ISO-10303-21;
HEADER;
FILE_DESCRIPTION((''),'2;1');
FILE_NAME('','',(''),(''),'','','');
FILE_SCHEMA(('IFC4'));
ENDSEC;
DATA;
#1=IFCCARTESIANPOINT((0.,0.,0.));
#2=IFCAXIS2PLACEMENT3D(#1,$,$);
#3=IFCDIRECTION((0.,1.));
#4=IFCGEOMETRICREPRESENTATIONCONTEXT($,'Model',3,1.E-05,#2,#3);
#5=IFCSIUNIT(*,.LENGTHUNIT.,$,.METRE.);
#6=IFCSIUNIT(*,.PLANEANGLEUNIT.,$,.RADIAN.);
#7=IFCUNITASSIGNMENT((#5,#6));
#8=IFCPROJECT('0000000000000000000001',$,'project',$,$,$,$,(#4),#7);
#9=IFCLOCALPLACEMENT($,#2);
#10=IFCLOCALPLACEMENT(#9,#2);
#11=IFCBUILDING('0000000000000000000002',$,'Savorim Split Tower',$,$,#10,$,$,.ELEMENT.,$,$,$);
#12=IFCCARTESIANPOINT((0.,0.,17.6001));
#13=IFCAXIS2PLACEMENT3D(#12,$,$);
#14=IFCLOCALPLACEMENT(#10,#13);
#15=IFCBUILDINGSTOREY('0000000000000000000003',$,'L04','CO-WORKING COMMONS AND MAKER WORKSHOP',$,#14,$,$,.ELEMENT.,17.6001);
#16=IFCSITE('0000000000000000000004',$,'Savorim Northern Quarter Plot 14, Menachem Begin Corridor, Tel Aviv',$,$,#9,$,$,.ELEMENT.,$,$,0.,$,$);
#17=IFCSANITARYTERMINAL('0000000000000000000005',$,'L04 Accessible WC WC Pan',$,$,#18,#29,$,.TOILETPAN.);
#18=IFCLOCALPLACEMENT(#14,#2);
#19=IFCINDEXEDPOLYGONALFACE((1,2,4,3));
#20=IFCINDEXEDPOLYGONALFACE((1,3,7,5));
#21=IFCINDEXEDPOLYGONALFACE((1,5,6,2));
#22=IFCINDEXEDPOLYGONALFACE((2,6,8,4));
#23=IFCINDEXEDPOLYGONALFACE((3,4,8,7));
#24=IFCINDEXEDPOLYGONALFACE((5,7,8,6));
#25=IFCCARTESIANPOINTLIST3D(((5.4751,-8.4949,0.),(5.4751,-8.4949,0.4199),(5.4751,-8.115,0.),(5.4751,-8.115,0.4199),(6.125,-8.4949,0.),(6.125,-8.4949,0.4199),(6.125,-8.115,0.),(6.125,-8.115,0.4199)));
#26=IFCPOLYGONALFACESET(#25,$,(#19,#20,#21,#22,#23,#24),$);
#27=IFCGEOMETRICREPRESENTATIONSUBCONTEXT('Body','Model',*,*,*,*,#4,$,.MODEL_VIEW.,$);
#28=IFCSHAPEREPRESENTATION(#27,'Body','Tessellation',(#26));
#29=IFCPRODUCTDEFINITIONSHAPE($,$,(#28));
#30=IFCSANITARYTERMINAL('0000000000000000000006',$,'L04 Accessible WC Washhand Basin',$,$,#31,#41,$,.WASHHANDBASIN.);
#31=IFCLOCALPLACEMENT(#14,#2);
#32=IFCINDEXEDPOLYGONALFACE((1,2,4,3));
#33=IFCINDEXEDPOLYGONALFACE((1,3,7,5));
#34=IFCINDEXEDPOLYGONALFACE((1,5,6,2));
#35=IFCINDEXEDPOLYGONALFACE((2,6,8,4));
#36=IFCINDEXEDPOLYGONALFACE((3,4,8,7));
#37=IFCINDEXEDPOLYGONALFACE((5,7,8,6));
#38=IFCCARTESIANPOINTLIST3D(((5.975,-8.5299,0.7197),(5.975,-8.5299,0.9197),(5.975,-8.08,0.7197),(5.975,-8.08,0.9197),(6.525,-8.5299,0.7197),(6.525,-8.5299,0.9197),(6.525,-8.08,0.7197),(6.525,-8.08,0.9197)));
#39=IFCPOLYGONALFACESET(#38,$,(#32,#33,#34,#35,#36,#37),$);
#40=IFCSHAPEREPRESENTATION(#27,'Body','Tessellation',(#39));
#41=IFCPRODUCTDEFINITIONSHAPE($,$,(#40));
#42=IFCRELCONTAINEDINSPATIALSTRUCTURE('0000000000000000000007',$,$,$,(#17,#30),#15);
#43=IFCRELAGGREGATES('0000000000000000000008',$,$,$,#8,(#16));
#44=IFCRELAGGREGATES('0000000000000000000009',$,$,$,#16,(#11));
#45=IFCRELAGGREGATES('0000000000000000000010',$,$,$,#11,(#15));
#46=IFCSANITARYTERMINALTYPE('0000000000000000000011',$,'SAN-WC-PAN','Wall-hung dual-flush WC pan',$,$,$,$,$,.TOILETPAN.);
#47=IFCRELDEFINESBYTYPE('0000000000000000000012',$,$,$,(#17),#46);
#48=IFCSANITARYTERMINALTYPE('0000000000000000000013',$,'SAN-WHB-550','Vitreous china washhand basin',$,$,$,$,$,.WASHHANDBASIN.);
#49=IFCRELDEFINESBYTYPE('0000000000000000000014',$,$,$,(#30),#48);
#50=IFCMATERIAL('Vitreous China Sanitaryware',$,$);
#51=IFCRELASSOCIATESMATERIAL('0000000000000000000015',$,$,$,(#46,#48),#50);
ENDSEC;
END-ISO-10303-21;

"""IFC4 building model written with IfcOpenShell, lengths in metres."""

from ifc_helpers import new_model, si_unit, direction, frame, origin, origin_2d, place, context, subcontext, project, spatial, rectangle, extrude, material, type_object, element, save


model = new_model("IFC4")

# Units and contexts
model_context = context("Model", 3, precision=1e-05, world=origin(), true_north=direction((0.0, 1.0)))
body_context = subcontext(model_context, "Body", "Model", "MODEL_VIEW")
ifc_project = project(units=[si_unit("LENGTHUNIT", "METRE"), si_unit("PLANEANGLEUNIT", "RADIAN")], contexts=[model_context])

# Site, building, storey
site_placement = place(None, origin())
site = spatial("IfcSite", under=ifc_project, at=site_placement, Name="Savorim Northern Quarter Plot 14, Menachem Begin Corridor, Tel Aviv", CompositionType="ELEMENT", RefElevation=0.0)
building_placement = place(site_placement, origin())
building = spatial("IfcBuilding", under=site, at=building_placement, Name="Savorim Split Tower", CompositionType="ELEMENT")
storey_placement = place(building_placement, frame((0.0, 0.0, 17.6001)))
storey = spatial("IfcBuildingStorey", under=building, at=storey_placement, Name="L04", Description="CO-WORKING COMMONS AND MAKER WORKSHOP", CompositionType="ELEMENT", Elevation=17.6001)

# Sanitary terminals
ifc_material_1 = material(Name="Vitreous China Sanitaryware")
sanitary_terminal_type_1 = type_object("IfcSanitaryTerminalType", Name="SAN-WC-PAN", Description="Wall-hung dual-flush WC pan", PredefinedType="TOILETPAN", material=ifc_material_1)
sanitary_terminal_1_placement = place(storey_placement, frame((5.8, -8.3049, 0.0), z_axis=(0.0, 0.0, 1.0), x_axis=(1.0, 0.0, 0.0)))
element("IfcSanitaryTerminal", 1, at=sanitary_terminal_1_placement, inside=storey, type_object=sanitary_terminal_type_1, Name="L04 Accessible WC WC Pan", PredefinedType="TOILETPAN", context=body_context, shape_type="SweptSolid", body=[
    extrude(rectangle(XDim=0.6499, YDim=0.3799, at=origin_2d()), origin(), (0.0, 0.0, 1.0), 0.4199),
])
sanitary_terminal_type_2 = type_object("IfcSanitaryTerminalType", Name="SAN-WHB-550", Description="Vitreous china washhand basin", PredefinedType="WASHHANDBASIN", material=ifc_material_1)
sanitary_terminal_2_placement = place(storey_placement, frame((6.25, -8.3049, 0.7197), z_axis=(0.0, 0.0, 1.0), x_axis=(1.0, 0.0, 0.0)))
element("IfcSanitaryTerminal", 2, at=sanitary_terminal_2_placement, inside=storey, type_object=sanitary_terminal_type_2, Name="L04 Accessible WC Washhand Basin", PredefinedType="WASHHANDBASIN", context=body_context, shape_type="SweptSolid", body=[
    extrude(rectangle(XDim=0.55, YDim=0.45, at=origin_2d()), origin(), (0.0, 0.0, 1.0), 0.2),
])

save(model, "model.ifc")
